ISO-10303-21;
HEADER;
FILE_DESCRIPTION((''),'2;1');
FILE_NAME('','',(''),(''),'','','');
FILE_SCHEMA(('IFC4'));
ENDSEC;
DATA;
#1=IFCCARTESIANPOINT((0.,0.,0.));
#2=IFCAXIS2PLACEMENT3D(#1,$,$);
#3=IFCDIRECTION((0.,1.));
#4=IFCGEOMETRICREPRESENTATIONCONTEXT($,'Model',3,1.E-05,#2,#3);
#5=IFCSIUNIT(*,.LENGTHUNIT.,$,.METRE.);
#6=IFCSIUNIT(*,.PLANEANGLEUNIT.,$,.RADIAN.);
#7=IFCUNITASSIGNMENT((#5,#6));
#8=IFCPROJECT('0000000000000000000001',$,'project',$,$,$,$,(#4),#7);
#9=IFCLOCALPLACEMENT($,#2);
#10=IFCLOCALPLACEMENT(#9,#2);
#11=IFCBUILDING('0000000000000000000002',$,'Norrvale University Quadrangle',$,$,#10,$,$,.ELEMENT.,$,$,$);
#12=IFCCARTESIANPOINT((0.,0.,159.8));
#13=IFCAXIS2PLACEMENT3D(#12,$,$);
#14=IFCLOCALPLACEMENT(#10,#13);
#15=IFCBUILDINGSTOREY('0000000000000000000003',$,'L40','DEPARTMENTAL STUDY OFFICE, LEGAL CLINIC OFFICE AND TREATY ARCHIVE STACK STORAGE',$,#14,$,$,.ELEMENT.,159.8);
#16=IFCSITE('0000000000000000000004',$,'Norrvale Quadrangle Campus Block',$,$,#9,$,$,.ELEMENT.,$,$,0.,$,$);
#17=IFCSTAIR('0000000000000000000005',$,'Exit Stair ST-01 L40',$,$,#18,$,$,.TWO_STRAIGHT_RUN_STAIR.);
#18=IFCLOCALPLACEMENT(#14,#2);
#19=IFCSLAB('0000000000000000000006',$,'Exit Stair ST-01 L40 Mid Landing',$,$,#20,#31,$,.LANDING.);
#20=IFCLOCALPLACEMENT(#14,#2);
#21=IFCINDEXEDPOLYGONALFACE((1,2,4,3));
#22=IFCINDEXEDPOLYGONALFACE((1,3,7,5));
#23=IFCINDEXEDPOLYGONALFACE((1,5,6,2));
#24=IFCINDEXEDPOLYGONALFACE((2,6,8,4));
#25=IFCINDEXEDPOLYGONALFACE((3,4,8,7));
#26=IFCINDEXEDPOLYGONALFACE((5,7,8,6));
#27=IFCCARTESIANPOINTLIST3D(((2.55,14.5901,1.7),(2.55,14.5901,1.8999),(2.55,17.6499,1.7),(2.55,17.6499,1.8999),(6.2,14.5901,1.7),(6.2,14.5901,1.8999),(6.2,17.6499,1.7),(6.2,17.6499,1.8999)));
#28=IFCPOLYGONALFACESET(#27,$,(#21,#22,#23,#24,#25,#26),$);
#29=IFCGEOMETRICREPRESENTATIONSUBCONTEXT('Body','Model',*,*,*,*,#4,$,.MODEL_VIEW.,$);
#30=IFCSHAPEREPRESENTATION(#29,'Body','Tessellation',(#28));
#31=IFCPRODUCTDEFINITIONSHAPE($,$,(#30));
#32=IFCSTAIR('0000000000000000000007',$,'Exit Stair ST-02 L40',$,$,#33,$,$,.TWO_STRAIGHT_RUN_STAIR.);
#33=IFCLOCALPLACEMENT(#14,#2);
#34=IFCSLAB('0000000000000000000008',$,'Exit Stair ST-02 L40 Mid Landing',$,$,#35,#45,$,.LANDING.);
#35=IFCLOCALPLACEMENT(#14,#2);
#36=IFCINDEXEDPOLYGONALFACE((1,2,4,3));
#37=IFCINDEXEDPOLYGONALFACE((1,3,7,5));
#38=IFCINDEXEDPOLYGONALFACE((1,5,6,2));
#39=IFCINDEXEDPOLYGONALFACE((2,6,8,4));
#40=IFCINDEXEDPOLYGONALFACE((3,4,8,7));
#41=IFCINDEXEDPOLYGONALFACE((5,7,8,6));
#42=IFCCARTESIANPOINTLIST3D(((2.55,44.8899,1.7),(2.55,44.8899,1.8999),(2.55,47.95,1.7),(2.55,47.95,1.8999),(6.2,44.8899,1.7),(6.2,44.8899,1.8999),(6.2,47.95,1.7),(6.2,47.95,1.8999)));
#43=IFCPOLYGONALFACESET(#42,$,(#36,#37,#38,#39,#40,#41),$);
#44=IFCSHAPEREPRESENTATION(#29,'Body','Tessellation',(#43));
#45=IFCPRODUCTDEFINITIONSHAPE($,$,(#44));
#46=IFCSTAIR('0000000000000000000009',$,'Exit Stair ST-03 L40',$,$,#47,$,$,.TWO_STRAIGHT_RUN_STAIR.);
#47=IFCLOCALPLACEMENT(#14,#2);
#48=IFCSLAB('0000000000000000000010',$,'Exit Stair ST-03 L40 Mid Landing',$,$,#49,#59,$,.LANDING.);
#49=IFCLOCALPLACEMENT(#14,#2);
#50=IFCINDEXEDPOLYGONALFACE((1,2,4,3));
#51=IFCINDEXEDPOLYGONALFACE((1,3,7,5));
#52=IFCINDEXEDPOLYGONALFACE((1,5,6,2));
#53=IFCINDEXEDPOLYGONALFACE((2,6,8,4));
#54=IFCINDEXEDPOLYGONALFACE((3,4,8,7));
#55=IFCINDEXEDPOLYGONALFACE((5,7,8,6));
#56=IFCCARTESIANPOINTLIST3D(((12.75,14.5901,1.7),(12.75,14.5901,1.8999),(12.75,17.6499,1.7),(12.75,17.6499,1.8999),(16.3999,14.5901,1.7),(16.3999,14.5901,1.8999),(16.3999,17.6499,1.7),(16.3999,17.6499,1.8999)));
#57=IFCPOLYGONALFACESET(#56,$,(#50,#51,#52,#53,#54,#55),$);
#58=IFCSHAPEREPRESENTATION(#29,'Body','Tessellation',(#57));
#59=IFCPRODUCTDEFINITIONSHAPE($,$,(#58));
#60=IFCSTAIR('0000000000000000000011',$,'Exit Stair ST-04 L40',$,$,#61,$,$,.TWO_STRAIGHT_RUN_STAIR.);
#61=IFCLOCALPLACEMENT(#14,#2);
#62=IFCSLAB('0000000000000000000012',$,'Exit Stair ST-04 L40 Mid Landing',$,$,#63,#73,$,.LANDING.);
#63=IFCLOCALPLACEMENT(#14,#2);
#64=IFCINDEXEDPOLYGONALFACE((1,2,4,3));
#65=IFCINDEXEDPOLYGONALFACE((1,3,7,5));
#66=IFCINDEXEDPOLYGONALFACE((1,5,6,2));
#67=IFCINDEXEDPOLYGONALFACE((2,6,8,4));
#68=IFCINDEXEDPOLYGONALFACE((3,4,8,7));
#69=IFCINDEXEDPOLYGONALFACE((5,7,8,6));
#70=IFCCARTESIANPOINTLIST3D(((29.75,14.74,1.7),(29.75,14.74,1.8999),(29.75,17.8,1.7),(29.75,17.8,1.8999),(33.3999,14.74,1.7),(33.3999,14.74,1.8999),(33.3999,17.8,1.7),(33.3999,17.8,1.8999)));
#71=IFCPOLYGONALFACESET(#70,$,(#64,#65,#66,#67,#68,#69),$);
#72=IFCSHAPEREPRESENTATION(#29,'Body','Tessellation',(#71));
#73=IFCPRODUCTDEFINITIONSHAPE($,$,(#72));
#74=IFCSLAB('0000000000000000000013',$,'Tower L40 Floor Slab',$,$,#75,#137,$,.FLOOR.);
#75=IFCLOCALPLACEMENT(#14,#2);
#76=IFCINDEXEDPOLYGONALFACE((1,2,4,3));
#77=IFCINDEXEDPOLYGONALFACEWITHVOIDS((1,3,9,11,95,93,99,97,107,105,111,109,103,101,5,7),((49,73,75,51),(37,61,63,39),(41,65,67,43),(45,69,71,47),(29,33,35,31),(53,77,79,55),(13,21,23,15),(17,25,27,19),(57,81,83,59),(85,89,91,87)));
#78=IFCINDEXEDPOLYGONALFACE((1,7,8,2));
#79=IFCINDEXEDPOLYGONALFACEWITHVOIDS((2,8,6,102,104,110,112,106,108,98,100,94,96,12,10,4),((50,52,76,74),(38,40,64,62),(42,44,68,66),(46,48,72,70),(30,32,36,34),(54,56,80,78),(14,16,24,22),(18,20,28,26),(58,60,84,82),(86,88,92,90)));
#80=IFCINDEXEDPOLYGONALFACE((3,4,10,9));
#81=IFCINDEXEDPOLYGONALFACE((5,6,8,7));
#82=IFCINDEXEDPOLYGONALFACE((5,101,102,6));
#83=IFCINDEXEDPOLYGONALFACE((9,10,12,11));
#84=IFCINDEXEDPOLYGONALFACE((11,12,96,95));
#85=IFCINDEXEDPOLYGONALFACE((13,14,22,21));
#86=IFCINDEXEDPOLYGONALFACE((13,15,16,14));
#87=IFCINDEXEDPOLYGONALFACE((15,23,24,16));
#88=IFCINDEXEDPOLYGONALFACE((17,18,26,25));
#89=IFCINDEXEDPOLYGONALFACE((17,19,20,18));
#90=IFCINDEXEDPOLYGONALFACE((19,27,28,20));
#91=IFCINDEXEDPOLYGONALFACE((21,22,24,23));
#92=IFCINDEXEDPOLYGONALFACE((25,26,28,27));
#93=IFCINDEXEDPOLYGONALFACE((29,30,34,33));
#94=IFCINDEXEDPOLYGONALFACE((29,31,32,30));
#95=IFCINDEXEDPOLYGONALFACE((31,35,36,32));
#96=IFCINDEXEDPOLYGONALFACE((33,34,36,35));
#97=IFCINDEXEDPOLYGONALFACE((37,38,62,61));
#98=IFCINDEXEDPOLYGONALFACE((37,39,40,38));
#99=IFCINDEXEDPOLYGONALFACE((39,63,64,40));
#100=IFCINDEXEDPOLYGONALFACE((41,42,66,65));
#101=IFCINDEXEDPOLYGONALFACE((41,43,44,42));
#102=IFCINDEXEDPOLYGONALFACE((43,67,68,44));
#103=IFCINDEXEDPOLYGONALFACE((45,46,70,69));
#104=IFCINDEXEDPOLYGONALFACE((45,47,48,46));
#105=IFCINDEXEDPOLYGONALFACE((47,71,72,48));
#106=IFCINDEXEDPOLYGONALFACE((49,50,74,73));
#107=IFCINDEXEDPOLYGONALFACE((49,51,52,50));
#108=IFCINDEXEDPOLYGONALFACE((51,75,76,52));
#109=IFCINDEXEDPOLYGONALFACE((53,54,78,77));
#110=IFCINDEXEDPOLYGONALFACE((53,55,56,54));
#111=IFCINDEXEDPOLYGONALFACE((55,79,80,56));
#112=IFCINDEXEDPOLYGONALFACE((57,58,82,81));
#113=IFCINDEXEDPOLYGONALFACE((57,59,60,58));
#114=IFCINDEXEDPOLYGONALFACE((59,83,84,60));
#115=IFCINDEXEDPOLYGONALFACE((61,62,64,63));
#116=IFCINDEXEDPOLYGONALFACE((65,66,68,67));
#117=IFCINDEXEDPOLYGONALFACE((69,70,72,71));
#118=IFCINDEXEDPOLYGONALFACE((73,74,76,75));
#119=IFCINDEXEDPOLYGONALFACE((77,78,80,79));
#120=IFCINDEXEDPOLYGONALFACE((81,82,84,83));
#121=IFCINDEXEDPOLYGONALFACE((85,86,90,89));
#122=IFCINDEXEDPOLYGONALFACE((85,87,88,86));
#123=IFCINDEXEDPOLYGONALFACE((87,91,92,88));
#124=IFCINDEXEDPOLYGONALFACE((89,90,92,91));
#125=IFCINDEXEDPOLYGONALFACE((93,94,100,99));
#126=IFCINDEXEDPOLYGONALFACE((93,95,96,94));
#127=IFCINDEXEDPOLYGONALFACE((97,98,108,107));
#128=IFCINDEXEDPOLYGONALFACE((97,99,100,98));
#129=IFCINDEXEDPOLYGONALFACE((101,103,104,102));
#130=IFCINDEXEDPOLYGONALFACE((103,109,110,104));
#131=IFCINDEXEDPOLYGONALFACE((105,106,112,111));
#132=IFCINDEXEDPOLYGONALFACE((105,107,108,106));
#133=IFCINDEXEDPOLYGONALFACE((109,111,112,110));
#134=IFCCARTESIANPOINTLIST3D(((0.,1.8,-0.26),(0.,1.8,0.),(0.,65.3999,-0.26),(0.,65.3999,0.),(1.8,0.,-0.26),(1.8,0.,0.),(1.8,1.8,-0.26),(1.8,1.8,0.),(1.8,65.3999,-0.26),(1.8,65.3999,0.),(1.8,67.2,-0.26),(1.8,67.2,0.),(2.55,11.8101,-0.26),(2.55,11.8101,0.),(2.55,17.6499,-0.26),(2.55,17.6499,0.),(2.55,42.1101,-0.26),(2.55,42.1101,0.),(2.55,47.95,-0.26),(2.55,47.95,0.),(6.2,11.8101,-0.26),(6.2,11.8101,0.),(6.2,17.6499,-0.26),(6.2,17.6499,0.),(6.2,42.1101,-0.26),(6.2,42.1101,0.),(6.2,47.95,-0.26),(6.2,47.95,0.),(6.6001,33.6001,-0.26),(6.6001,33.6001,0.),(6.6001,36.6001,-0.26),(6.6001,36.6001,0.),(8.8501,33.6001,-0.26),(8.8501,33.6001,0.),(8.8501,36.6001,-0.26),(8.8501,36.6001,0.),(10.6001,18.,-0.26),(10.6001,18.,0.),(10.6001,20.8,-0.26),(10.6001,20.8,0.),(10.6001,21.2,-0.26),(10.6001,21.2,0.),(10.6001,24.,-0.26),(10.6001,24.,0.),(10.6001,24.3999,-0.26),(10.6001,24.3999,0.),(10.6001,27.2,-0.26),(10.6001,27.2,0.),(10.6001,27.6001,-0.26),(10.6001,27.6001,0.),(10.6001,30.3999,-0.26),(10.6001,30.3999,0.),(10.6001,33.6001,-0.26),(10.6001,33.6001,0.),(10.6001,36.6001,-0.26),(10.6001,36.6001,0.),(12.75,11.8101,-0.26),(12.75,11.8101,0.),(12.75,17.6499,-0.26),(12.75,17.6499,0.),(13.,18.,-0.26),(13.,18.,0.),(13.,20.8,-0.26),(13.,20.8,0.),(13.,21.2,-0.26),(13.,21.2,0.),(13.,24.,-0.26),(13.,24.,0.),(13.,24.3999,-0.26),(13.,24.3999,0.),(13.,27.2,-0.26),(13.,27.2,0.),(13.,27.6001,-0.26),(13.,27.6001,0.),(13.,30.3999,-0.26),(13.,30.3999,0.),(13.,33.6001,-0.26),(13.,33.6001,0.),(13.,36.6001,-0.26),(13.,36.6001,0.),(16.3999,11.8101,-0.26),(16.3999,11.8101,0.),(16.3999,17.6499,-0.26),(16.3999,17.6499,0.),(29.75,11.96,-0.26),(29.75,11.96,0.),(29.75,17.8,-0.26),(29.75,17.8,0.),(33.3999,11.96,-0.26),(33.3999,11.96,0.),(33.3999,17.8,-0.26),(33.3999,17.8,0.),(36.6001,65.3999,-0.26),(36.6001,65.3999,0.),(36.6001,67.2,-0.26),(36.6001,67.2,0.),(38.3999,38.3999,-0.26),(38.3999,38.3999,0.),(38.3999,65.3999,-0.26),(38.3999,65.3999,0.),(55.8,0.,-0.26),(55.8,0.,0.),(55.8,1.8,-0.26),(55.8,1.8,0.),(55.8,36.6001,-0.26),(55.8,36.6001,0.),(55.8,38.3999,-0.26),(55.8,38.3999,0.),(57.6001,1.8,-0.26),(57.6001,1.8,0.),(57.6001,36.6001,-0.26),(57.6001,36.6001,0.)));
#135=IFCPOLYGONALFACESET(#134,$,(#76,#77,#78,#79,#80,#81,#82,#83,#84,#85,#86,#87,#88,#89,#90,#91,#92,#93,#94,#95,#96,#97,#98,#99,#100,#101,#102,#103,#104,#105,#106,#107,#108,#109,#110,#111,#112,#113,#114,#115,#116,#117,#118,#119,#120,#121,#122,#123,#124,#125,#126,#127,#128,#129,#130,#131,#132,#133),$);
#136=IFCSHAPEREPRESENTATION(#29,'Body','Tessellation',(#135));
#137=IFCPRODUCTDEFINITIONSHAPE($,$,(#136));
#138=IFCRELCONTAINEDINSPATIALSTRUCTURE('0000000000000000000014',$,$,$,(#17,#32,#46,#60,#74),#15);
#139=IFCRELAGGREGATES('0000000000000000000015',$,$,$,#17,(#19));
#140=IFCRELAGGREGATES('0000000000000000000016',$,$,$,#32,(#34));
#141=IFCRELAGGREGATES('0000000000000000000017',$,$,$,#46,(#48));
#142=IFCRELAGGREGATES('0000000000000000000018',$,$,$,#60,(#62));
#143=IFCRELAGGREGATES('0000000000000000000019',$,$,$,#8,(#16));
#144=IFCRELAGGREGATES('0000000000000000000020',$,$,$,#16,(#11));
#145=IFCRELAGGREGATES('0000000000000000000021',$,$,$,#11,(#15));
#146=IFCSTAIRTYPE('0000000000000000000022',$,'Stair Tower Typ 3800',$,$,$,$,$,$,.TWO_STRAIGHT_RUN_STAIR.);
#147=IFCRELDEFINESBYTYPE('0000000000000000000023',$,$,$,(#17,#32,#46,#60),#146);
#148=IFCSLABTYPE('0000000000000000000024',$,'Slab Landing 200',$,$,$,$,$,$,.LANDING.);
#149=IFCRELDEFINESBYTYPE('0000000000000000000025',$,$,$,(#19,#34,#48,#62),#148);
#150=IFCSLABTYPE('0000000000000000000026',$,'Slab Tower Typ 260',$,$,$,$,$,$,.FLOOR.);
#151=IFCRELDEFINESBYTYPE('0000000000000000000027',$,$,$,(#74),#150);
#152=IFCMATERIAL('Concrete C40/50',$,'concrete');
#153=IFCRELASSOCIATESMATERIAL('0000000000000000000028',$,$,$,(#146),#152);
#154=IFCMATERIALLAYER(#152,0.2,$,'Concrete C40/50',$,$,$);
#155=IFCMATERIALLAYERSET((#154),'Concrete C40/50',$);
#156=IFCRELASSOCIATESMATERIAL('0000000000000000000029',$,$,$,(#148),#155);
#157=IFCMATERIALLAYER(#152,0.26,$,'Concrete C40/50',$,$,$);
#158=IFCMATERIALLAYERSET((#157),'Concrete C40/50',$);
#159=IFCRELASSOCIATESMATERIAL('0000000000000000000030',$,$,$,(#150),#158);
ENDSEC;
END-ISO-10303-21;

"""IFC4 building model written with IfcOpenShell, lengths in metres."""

from ifc_helpers import new_model, si_unit, direction, frame, origin, place, context, subcontext, project, spatial, polyline, outline, extrude, material, layer, layer_set, type_object, element, aggregate, save


model = new_model("IFC4")

# Units and contexts
model_context = context("Model", 3, precision=1e-05, world=origin(), true_north=direction((0.0, 1.0)))
body_context = subcontext(model_context, "Body", "Model", "MODEL_VIEW")
ifc_project = project(units=[si_unit("LENGTHUNIT", "METRE"), si_unit("PLANEANGLEUNIT", "RADIAN")], contexts=[model_context])

# Site, building, storey
site_placement = place(None, origin())
site = spatial("IfcSite", under=ifc_project, at=site_placement, Name="Norrvale Quadrangle Campus Block", CompositionType="ELEMENT", RefElevation=0.0)
building_placement = place(site_placement, origin())
building = spatial("IfcBuilding", under=site, at=building_placement, Name="Norrvale University Quadrangle", CompositionType="ELEMENT")
storey_placement = place(building_placement, frame((0.0, 0.0, 159.8)))
storey = spatial("IfcBuildingStorey", under=building, at=storey_placement, Name="L40", Description="DEPARTMENTAL STUDY OFFICE, LEGAL CLINIC OFFICE AND TREATY ARCHIVE STACK STORAGE", CompositionType="ELEMENT", Elevation=159.8)

# Stairs, slabs
ifc_material_1 = material(Name="Concrete C40/50", Category="concrete")
stair_type = type_object("IfcStairType", Name="Stair Tower Typ 3800", PredefinedType="TWO_STRAIGHT_RUN_STAIR", material=ifc_material_1)
stair_1_placement = place(storey_placement, origin())
stair_1 = element("IfcStair", 1, at=stair_1_placement, inside=storey, type_object=stair_type, Name="Exit Stair ST-01 L40", PredefinedType="TWO_STRAIGHT_RUN_STAIR")
ifc_layer_1 = layer(ifc_material_1, 0.2, Name="Concrete C40/50")
ifc_layer_set_1 = layer_set([ifc_layer_1], Name="Concrete C40/50")
slab_type_1 = type_object("IfcSlabType", Name="Slab Landing 200", PredefinedType="LANDING", material=ifc_layer_set_1)
slab_1_placement = place(storey_placement, frame((0.0, 0.0, 1.7)))
slab_1 = element("IfcSlab", 2, at=slab_1_placement, type_object=slab_type_1, Name="Exit Stair ST-01 L40 Mid Landing", PredefinedType="LANDING", context=body_context, shape_type="SweptSolid", body=[
    extrude(outline(polyline([(2.55, 14.5901), (6.2, 14.5901), (6.2, 17.6499), (2.55, 17.6499), (2.55, 14.5901)])), origin(), (0.0, 0.0, 1.0), 0.2),
])
aggregate(stair_1, [slab_1])
stair_2_placement = place(storey_placement, origin())
stair_2 = element("IfcStair", 3, at=stair_2_placement, inside=storey, type_object=stair_type, Name="Exit Stair ST-02 L40", PredefinedType="TWO_STRAIGHT_RUN_STAIR")
slab_2_placement = place(storey_placement, frame((0.0, 0.0, 1.7)))
slab_2 = element("IfcSlab", 4, at=slab_2_placement, type_object=slab_type_1, Name="Exit Stair ST-02 L40 Mid Landing", PredefinedType="LANDING", context=body_context, shape_type="SweptSolid", body=[
    extrude(outline(polyline([(2.55, 44.8899), (6.2, 44.8899), (6.2, 47.95), (2.55, 47.95), (2.55, 44.8899)])), origin(), (0.0, 0.0, 1.0), 0.2),
])
aggregate(stair_2, [slab_2])
stair_3_placement = place(storey_placement, origin())
stair_3 = element("IfcStair", 5, at=stair_3_placement, inside=storey, type_object=stair_type, Name="Exit Stair ST-03 L40", PredefinedType="TWO_STRAIGHT_RUN_STAIR")
slab_3_placement = place(storey_placement, frame((0.0, 0.0, 1.7)))
slab_3 = element("IfcSlab", 6, at=slab_3_placement, type_object=slab_type_1, Name="Exit Stair ST-03 L40 Mid Landing", PredefinedType="LANDING", context=body_context, shape_type="SweptSolid", body=[
    extrude(outline(polyline([(12.75, 14.5901), (16.3999, 14.5901), (16.3999, 17.6499), (12.75, 17.6499), (12.75, 14.5901)])), origin(), (0.0, 0.0, 1.0), 0.2),
])
aggregate(stair_3, [slab_3])
stair_4_placement = place(storey_placement, origin())
stair_4 = element("IfcStair", 7, at=stair_4_placement, inside=storey, type_object=stair_type, Name="Exit Stair ST-04 L40", PredefinedType="TWO_STRAIGHT_RUN_STAIR")
slab_4_placement = place(storey_placement, frame((0.0, 0.0, 1.7)))
slab_4 = element("IfcSlab", 8, at=slab_4_placement, type_object=slab_type_1, Name="Exit Stair ST-04 L40 Mid Landing", PredefinedType="LANDING", context=body_context, shape_type="SweptSolid", body=[
    extrude(outline(polyline([(29.75, 14.74), (33.3999, 14.74), (33.3999, 17.8), (29.75, 17.8), (29.75, 14.74)])), origin(), (0.0, 0.0, 1.0), 0.2),
])
aggregate(stair_4, [slab_4])

# Slab
ifc_layer_2 = layer(ifc_material_1, 0.26, Name="Concrete C40/50")
ifc_layer_set_2 = layer_set([ifc_layer_2], Name="Concrete C40/50")
slab_type_2 = type_object("IfcSlabType", Name="Slab Tower Typ 260", PredefinedType="FLOOR", material=ifc_layer_set_2)
slab_5_placement = place(storey_placement, frame((0.0, 0.0, -0.26)))
element("IfcSlab", 9, at=slab_5_placement, inside=storey, type_object=slab_type_2, Name="Tower L40 Floor Slab", PredefinedType="FLOOR", context=body_context, shape_type="SweptSolid", body=[
    extrude(outline(polyline([(1.8, 0.0), (55.8, 0.0), (55.8, 1.8), (57.6001, 1.8), (57.6001, 36.6001), (55.8, 36.6001), (55.8, 38.3999), (38.3999, 38.3999), (38.3999, 65.3999), (36.6001, 65.3999), (36.6001, 67.2), (1.8, 67.2), (1.8, 65.3999), (0.0, 65.3999), (0.0, 1.8), (1.8, 1.8), (1.8, 0.0)]), holes=[polyline([(2.55, 11.8101), (6.2, 11.8101), (6.2, 17.6499), (2.55, 17.6499), (2.55, 11.8101)]), polyline([(2.55, 42.1101), (6.2, 42.1101), (6.2, 47.95), (2.55, 47.95), (2.55, 42.1101)]), polyline([(12.75, 11.8101), (16.3999, 11.8101), (16.3999, 17.6499), (12.75, 17.6499), (12.75, 11.8101)]), polyline([(29.75, 11.96), (33.3999, 11.96), (33.3999, 17.8), (29.75, 17.8), (29.75, 11.96)]), polyline([(10.6001, 18.0), (13.0, 18.0), (13.0, 20.8), (10.6001, 20.8), (10.6001, 18.0)]), polyline([(10.6001, 21.2), (13.0, 21.2), (13.0, 24.0), (10.6001, 24.0), (10.6001, 21.2)]), polyline([(10.6001, 24.3999), (13.0, 24.3999), (13.0, 27.2), (10.6001, 27.2), (10.6001, 24.3999)]), polyline([(10.6001, 27.6001), (13.0, 27.6001), (13.0, 30.3999), (10.6001, 30.3999), (10.6001, 27.6001)]), polyline([(6.6001, 33.6001), (8.8501, 33.6001), (8.8501, 36.6001), (6.6001, 36.6001), (6.6001, 33.6001)]), polyline([(10.6001, 33.6001), (13.0, 33.6001), (13.0, 36.6001), (10.6001, 36.6001), (10.6001, 33.6001)])]), origin(), (0.0, 0.0, 1.0), 0.26),
])

save(model, "model.ifc")
